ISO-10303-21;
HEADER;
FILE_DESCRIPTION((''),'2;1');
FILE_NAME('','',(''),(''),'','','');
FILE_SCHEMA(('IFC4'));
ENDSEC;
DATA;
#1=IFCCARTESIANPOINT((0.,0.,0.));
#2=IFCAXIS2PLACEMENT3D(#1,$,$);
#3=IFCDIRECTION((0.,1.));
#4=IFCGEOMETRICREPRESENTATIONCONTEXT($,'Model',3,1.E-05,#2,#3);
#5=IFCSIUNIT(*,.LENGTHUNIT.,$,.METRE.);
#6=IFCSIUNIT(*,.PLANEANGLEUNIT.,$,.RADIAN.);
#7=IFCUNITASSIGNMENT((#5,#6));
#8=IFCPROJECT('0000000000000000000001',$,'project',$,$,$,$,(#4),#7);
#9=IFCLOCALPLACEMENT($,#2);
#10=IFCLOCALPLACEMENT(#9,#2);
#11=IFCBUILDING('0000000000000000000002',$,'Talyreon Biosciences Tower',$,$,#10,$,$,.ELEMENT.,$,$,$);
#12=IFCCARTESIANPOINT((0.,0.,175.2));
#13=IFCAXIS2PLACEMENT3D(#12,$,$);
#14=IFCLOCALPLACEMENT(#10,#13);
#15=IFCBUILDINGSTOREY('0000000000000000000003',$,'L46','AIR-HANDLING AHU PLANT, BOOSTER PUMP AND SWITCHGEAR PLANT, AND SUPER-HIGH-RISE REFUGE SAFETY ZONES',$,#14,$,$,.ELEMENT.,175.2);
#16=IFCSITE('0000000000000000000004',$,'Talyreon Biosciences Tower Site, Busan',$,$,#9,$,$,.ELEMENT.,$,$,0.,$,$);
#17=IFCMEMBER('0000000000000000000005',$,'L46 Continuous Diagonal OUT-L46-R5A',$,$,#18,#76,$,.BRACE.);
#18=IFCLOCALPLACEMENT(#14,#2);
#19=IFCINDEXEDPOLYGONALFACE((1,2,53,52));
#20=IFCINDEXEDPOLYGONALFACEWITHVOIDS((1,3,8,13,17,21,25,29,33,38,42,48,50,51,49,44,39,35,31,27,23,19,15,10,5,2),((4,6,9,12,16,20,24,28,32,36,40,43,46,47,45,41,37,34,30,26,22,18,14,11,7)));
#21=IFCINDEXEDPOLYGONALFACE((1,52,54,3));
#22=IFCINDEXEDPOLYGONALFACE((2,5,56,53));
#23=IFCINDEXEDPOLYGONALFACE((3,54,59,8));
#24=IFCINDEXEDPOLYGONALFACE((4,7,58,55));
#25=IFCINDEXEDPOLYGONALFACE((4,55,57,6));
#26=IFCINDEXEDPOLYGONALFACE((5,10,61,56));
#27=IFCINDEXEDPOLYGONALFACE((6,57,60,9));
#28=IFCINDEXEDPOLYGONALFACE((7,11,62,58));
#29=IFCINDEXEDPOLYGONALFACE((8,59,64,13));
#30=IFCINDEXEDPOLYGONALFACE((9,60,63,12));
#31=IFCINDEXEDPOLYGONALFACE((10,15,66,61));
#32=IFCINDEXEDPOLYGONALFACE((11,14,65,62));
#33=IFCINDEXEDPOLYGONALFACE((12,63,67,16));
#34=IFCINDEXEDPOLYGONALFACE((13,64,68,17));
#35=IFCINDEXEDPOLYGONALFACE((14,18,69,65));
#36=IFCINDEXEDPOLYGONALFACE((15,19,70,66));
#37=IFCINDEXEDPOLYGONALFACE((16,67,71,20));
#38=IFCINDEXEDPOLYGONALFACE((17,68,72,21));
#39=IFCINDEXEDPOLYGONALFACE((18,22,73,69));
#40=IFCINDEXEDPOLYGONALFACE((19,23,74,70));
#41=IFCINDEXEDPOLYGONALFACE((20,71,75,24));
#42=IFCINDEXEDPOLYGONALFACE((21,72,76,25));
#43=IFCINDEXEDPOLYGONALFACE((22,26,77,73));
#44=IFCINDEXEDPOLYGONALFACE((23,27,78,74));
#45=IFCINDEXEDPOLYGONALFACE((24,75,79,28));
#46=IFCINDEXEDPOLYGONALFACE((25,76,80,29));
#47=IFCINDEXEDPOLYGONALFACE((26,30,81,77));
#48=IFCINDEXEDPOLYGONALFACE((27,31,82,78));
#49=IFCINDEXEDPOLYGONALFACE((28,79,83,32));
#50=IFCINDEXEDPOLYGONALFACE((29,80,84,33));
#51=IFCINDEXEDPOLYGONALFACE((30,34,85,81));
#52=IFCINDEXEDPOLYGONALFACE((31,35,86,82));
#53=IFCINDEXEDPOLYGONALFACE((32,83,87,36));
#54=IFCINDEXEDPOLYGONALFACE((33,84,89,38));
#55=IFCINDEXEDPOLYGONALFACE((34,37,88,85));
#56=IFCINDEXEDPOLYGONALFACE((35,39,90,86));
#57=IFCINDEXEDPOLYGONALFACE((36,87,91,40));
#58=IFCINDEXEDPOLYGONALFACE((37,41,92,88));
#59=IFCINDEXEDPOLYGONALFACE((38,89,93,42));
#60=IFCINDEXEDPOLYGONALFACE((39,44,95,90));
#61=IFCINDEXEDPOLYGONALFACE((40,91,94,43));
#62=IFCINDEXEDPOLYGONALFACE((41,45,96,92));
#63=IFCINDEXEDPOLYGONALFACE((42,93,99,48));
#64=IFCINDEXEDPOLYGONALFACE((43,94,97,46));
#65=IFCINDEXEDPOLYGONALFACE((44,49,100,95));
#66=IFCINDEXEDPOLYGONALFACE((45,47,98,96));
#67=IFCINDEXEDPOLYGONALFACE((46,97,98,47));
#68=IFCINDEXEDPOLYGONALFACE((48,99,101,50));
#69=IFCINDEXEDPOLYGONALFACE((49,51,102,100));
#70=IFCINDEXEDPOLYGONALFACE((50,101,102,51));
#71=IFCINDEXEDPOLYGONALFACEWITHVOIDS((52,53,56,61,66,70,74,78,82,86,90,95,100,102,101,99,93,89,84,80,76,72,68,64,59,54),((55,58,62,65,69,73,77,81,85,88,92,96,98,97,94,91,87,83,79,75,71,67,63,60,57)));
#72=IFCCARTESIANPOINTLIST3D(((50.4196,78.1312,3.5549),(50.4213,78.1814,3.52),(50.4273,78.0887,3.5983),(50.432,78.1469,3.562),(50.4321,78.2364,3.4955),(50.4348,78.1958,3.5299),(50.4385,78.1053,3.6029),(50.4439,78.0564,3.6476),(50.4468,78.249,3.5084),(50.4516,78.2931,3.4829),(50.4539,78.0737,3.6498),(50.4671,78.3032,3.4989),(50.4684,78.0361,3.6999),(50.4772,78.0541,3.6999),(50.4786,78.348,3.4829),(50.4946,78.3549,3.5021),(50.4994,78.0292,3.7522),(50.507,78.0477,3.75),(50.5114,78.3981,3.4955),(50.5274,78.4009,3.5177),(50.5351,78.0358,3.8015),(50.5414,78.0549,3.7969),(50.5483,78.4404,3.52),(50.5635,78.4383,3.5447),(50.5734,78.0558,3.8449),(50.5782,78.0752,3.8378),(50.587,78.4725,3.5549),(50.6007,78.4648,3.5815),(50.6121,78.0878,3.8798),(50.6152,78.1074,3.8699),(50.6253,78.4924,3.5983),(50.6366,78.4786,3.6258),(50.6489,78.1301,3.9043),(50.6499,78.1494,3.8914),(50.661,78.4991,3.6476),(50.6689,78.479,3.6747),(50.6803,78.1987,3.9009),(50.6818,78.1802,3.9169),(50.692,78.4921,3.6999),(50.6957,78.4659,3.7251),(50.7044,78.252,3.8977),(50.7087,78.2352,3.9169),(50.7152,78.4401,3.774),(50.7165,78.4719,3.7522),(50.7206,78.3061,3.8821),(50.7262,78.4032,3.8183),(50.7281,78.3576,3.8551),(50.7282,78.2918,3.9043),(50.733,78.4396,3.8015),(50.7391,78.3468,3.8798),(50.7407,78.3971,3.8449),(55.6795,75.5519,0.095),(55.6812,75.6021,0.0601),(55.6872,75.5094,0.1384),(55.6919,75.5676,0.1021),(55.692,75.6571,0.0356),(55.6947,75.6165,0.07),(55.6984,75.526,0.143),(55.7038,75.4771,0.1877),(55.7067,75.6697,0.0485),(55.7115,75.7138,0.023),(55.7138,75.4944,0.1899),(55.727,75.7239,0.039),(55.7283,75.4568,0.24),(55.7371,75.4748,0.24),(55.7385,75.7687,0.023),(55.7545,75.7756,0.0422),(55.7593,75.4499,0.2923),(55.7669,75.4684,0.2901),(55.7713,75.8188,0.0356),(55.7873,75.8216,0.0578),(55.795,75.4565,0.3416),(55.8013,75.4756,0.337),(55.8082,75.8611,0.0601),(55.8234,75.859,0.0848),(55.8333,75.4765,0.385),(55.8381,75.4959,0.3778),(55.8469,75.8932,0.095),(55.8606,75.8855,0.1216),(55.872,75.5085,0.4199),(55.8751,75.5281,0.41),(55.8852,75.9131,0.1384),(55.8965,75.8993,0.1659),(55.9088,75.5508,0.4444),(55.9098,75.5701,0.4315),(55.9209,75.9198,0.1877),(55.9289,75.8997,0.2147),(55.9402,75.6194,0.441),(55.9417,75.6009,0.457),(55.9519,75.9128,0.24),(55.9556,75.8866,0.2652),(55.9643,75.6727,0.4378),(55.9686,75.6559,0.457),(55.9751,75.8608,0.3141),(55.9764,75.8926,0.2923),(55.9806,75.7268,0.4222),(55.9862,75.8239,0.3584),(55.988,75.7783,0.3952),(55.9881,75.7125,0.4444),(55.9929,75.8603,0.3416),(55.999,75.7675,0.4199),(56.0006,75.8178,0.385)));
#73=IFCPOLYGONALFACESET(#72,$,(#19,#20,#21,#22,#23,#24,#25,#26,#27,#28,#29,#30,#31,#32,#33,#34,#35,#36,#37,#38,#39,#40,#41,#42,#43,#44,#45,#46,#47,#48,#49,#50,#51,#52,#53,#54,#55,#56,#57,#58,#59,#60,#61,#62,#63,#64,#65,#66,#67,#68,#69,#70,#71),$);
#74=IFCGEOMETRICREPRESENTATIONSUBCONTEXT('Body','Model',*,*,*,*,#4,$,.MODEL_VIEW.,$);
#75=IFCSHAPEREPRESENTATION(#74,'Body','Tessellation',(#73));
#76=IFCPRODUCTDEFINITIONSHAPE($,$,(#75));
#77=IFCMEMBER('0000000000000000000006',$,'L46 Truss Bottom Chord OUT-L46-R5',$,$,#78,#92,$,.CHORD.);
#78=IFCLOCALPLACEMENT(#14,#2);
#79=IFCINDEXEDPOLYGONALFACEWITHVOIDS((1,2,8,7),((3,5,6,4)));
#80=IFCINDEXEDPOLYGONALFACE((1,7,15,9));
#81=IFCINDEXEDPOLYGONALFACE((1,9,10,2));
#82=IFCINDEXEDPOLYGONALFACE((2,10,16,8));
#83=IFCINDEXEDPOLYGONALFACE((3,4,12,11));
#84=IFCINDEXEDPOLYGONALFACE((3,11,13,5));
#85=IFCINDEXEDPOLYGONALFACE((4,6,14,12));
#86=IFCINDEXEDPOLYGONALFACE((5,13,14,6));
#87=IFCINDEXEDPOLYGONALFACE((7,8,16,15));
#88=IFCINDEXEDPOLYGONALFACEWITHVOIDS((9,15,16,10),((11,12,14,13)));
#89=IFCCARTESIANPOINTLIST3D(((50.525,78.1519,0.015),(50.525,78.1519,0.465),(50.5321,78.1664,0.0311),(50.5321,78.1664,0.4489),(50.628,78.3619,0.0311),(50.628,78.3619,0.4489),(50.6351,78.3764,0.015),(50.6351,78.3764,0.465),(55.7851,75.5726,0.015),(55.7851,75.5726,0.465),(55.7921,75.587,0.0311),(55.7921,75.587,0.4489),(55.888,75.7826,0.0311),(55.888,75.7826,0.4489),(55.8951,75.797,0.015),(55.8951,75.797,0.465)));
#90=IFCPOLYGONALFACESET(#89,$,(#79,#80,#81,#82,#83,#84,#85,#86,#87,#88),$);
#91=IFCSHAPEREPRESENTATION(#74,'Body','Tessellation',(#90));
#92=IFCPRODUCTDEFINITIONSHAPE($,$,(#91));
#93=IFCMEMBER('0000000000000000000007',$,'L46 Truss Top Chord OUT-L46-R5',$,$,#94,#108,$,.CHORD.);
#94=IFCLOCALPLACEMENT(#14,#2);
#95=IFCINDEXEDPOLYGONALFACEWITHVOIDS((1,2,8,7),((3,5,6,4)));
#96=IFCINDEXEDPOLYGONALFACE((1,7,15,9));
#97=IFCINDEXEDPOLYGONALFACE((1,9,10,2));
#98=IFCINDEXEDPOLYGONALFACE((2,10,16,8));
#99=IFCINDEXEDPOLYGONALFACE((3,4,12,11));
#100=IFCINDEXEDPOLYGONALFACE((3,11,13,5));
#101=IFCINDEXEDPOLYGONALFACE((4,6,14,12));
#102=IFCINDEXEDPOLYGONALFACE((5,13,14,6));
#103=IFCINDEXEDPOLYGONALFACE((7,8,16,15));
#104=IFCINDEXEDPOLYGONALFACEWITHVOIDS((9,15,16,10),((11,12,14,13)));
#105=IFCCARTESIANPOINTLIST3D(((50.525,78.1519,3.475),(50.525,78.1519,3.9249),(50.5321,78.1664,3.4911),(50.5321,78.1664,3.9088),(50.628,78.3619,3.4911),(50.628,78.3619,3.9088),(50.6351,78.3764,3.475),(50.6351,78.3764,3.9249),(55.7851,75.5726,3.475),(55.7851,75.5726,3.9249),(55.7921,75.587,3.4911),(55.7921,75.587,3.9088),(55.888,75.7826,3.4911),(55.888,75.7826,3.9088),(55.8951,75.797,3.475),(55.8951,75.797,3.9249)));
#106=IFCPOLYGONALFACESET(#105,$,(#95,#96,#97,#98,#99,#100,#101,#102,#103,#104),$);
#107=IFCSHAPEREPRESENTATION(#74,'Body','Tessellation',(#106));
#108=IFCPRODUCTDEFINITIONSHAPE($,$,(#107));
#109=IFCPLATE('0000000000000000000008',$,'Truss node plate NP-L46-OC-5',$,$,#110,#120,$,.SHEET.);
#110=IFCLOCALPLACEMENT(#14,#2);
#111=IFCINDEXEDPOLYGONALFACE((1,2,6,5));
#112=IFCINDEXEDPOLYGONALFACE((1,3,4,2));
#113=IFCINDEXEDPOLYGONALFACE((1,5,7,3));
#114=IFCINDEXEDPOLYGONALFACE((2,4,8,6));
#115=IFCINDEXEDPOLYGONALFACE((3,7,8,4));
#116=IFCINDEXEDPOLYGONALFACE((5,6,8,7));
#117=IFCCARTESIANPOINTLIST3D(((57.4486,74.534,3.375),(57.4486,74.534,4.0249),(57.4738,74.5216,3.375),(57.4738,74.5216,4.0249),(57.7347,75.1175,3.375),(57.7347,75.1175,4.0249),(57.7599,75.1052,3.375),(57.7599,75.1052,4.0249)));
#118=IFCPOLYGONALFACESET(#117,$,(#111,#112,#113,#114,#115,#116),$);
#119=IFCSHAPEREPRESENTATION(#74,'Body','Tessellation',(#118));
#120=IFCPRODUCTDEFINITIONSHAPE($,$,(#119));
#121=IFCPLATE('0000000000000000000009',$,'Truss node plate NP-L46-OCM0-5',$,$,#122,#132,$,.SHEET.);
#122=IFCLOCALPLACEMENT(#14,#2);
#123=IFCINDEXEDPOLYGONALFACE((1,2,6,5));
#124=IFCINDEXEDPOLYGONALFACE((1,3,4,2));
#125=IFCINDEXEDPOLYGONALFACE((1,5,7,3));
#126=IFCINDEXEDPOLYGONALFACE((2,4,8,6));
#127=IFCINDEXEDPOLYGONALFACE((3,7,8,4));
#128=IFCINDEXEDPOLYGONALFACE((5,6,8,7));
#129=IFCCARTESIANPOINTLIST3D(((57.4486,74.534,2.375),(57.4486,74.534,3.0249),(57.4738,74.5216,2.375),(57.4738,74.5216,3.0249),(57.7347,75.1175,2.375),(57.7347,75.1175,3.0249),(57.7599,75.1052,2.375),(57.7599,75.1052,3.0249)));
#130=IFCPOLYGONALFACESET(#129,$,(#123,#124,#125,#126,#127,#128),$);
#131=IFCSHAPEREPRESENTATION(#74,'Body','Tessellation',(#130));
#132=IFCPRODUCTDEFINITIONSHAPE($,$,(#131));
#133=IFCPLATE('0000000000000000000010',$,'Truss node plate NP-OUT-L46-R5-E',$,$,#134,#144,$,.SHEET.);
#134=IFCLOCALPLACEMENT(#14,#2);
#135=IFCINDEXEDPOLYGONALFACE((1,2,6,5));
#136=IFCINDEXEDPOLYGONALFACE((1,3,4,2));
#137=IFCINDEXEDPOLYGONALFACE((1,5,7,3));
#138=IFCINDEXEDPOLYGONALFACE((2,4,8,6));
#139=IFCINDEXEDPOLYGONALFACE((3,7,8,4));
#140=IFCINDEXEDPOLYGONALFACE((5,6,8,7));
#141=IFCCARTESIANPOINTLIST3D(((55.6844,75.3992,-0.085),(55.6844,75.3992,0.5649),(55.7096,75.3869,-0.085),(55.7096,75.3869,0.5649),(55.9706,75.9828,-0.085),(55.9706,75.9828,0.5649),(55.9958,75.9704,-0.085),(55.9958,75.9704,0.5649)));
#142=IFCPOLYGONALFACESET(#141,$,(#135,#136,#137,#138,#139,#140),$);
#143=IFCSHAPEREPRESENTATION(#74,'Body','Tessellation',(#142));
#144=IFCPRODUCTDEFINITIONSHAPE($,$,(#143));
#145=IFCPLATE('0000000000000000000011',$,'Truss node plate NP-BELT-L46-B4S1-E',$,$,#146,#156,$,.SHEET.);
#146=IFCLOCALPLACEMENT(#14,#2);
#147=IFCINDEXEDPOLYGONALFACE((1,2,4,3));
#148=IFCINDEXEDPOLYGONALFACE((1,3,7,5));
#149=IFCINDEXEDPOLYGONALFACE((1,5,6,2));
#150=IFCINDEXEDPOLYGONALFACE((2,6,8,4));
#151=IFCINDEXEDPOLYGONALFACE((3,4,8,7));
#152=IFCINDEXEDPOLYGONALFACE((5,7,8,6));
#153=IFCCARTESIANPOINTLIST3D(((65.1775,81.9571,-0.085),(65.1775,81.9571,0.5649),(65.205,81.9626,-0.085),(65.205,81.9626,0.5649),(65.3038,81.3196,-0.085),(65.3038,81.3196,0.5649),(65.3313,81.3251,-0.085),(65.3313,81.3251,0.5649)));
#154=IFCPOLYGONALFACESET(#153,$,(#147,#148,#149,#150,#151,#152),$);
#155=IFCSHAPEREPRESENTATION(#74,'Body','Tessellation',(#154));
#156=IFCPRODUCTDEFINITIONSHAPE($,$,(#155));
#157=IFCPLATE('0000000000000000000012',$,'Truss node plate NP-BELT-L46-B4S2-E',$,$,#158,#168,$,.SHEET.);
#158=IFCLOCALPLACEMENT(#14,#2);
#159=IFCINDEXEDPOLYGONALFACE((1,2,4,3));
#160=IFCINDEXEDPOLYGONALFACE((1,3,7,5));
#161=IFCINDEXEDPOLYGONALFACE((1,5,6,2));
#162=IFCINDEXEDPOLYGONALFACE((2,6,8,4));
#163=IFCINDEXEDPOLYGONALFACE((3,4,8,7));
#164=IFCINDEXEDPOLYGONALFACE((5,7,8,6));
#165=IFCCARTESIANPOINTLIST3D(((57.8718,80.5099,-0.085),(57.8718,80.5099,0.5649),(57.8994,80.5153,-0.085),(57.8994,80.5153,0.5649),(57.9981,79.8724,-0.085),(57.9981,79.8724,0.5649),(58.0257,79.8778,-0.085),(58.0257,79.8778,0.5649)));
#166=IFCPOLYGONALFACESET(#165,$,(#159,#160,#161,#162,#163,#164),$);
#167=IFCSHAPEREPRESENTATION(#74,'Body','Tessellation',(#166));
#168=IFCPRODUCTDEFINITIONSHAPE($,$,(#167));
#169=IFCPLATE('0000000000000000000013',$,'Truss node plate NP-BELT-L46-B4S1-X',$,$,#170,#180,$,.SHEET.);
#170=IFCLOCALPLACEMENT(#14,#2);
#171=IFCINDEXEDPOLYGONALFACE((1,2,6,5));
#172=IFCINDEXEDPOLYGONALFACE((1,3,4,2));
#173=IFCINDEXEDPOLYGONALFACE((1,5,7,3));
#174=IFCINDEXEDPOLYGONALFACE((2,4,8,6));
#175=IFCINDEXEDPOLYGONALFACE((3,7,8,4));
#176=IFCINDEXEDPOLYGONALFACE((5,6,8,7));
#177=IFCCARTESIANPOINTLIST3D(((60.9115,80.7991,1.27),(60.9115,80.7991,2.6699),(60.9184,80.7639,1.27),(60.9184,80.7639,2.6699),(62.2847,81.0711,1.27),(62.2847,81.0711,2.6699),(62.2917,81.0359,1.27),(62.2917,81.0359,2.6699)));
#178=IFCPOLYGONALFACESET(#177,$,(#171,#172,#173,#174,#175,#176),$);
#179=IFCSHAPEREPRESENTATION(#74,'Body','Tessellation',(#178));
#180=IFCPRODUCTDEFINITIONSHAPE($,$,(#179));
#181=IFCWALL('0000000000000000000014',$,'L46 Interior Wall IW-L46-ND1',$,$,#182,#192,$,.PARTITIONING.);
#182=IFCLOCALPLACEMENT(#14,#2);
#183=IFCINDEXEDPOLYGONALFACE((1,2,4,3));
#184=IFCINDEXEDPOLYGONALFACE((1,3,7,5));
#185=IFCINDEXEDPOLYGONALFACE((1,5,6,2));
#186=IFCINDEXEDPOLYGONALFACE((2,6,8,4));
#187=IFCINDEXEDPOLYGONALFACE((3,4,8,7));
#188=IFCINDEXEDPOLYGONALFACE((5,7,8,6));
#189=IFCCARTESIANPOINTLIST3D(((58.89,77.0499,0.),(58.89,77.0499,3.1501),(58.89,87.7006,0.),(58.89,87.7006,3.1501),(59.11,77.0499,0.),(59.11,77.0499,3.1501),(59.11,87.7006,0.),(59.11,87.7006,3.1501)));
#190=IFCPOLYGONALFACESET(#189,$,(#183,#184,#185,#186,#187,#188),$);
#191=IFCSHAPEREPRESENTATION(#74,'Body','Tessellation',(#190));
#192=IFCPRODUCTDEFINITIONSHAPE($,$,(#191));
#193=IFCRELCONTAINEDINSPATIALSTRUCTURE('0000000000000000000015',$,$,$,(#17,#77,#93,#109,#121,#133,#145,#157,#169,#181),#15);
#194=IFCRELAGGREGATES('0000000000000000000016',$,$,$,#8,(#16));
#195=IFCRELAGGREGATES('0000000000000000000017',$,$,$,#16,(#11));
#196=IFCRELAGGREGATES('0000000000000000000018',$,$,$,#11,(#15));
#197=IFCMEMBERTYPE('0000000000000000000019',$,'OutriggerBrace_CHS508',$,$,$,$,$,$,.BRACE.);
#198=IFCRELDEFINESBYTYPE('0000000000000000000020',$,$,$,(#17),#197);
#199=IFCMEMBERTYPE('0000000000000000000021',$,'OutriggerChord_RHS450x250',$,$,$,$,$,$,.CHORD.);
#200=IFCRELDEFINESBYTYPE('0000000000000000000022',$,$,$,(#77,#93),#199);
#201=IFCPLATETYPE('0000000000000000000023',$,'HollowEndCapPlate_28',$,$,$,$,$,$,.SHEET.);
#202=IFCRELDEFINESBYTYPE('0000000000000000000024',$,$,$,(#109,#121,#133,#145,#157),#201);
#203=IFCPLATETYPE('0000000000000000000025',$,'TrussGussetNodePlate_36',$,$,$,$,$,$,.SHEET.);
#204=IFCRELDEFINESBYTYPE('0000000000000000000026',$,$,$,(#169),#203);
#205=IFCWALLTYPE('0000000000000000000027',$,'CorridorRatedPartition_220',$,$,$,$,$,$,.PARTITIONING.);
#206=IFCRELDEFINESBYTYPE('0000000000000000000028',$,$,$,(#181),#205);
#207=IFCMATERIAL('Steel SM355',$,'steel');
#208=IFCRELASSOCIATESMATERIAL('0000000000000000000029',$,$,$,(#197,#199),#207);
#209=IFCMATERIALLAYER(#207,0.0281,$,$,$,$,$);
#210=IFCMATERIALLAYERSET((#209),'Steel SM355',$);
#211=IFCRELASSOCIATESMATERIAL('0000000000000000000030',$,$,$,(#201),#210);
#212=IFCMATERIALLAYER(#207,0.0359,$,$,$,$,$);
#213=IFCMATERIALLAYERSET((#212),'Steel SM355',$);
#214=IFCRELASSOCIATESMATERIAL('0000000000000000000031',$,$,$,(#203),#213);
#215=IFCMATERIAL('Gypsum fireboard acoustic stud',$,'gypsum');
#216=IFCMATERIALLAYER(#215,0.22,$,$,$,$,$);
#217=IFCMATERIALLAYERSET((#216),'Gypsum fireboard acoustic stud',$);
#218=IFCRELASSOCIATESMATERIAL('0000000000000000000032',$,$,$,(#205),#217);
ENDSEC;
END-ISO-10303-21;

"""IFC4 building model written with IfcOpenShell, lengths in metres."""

from ifc_helpers import new_model, si_unit, direction, frame, frame_2d, origin, origin_2d, place, context, subcontext, project, spatial, rectangle, hollow_rectangle, hollow_circle, extrude, material, layer, layer_set, material_profile, profile_set, type_object, element, save


model = new_model("IFC4")

# Units and contexts
model_context = context("Model", 3, precision=1e-05, world=origin(), true_north=direction((0.0, 1.0)))
body_context = subcontext(model_context, "Body", "Model", "MODEL_VIEW")
ifc_project = project(units=[si_unit("LENGTHUNIT", "METRE"), si_unit("PLANEANGLEUNIT", "RADIAN")], contexts=[model_context])

# Site, building, storey
site_placement = place(None, origin())
site = spatial("IfcSite", under=ifc_project, at=site_placement, Name="Talyreon Biosciences Tower Site, Busan", CompositionType="ELEMENT", RefElevation=0.0)
building_placement = place(site_placement, origin())
building = spatial("IfcBuilding", under=site, at=building_placement, Name="Talyreon Biosciences Tower", CompositionType="ELEMENT")
storey_placement = place(building_placement, frame((0.0, 0.0, 175.2)))
storey = spatial("IfcBuildingStorey", under=building, at=storey_placement, Name="L46", Description="AIR-HANDLING AHU PLANT, BOOSTER PUMP AND SWITCHGEAR PLANT, AND SUPER-HIGH-RISE REFUGE SAFETY ZONES", CompositionType="ELEMENT", Elevation=175.2)

# Shared definitions
ifc_material_1 = material(Name="Steel SM355", Category="steel")

# Members
ifc_material_profile_1 = material_profile(ifc_material_1, hollow_circle(Radius=0.2539, WallThickness=0.02, at=origin_2d()), Name="CHS 508x20")
ifc_profile_set_1 = profile_set([ifc_material_profile_1], Name="Steel SM355")
member_type_1 = type_object("IfcMemberType", Name="OutriggerBrace_CHS508", PredefinedType="BRACE", material=ifc_profile_set_1)
member_1_placement = place(storey_placement, frame((55.8401, 75.6848, 0.24), z_axis=(-0.773096, 0.379102, 0.508532), x_axis=(-0.440282, -0.897859, 0.0)))
element("IfcMember", 1, at=member_1_placement, inside=storey, type_object=member_type_1, Name="L46 Continuous Diagonal OUT-L46-R5A", PredefinedType="BRACE", context=body_context, shape_type="SweptSolid", body=[
    extrude(hollow_circle(Radius=0.2539, WallThickness=0.02, at=origin_2d()), origin(), (0.0, 0.0, 1.0), 6.8037),
])
ifc_material_profile_2 = material_profile(ifc_material_1, hollow_rectangle(XDim=0.25, YDim=0.45, WallThickness=0.0161, at=origin_2d()), Name="RHS 450x250x16")
ifc_profile_set_2 = profile_set([ifc_material_profile_2], Name="Steel SM355")
member_type_2 = type_object("IfcMemberType", Name="OutriggerChord_RHS450x250", PredefinedType="CHORD", material=ifc_profile_set_2)
for number, where, z_axis, x_axis, name in (
    (2, (55.8401, 75.6848, 0.24), (-0.897859, 0.440282, 0.0), (-0.440282, -0.897859, 0.0), "L46 Truss Bottom Chord OUT-L46-R5"),
    (3, (55.8401, 75.6848, 3.7), (-0.897859, 0.440282, 0.0), (-0.440282, -0.897859, 0.0), "L46 Truss Top Chord OUT-L46-R5"),
):
    element("IfcMember", number, at=place(storey_placement, frame(where, z_axis=z_axis, x_axis=x_axis)), inside=storey, type_object=member_type_2, Name=name, PredefinedType="CHORD", context=body_context, shape_type="SweptSolid", body=[
        extrude(hollow_rectangle(XDim=0.25, YDim=0.45, WallThickness=0.0161, at=origin_2d()), origin(), (0.0, 0.0, 1.0), 5.8584),
    ])

# Plates
ifc_layer_1 = layer(ifc_material_1, 0.0281)
ifc_layer_set_1 = layer_set([ifc_layer_1], Name="Steel SM355")
plate_type_1 = type_object("IfcPlateType", Name="HollowEndCapPlate_28", PredefinedType="SHEET", material=ifc_layer_set_1)
for number, where, z_axis, x_axis, name in (
    (4, (57.6042, 74.8196, 3.375), (0.0, 0.0, 1.0), (-0.440284, -0.897859, 0.0), "Truss node plate NP-L46-OC-5"),
    (5, (57.6042, 74.8196, 2.375), (0.0, 0.0, 1.0), (-0.440284, -0.897859, 0.0), "Truss node plate NP-L46-OCM0-5"),
    (6, (55.8401, 75.6848, -0.085), (0.0, 0.0, 1.0), (-0.440284, -0.897859, 0.0), "Truss node plate NP-OUT-L46-R5-E"),
    (7, (65.2544, 81.6411, -0.085), (0.0, 0.0, 1.0), (0.194337, -0.980935, 0.0), "Truss node plate NP-BELT-L46-B4S1-E"),
    (8, (57.9487, 80.1938, -0.085), (0.0, 0.0, 1.0), (0.194337, -0.980935, 0.0), "Truss node plate NP-BELT-L46-B4S2-E"),
):
    element("IfcPlate", number, at=place(storey_placement, frame(where, z_axis=z_axis, x_axis=x_axis)), inside=storey, type_object=plate_type_1, Name=name, PredefinedType="SHEET", context=body_context, shape_type="SweptSolid", body=[
        extrude(rectangle(XDim=0.6499, YDim=0.0281, at=origin_2d()), origin(), (0.0, 0.0, 1.0), 0.6499),
    ])
ifc_layer_2 = layer(ifc_material_1, 0.0359)
ifc_layer_set_2 = layer_set([ifc_layer_2], Name="Steel SM355")
plate_type_2 = type_object("IfcPlateType", Name="TrussGussetNodePlate_36", PredefinedType="SHEET", material=ifc_layer_set_2)
plate_placement = place(storey_placement, frame((61.6016, 80.9175, 1.27), z_axis=(0.0, 0.0, 1.0), x_axis=(-0.980935, -0.194337, 0.0)))
element("IfcPlate", 9, at=plate_placement, inside=storey, type_object=plate_type_2, Name="Truss node plate NP-BELT-L46-B4S1-X", PredefinedType="SHEET", context=body_context, shape_type="SweptSolid", body=[
    extrude(rectangle(XDim=1.3999, YDim=0.0359, at=origin_2d()), origin(), (0.0, 0.0, 1.0), 1.3999),
])

# Wall
ifc_material_2 = material(Name="Gypsum fireboard acoustic stud", Category="gypsum")
ifc_layer_3 = layer(ifc_material_2, 0.22)
ifc_layer_set_3 = layer_set([ifc_layer_3], Name="Gypsum fireboard acoustic stud")
wall_type = type_object("IfcWallType", Name="CorridorRatedPartition_220", PredefinedType="PARTITIONING", material=ifc_layer_set_3)
wall_placement = place(storey_placement, frame((59.0, 77.05, 0.0), z_axis=(0.0, 0.0, 1.0), x_axis=(0.0, 1.0, 0.0)))
element("IfcWall", 10, at=wall_placement, inside=storey, type_object=wall_type, Name="L46 Interior Wall IW-L46-ND1", PredefinedType="PARTITIONING", context=body_context, shape_type="SweptSolid", body=[
    extrude(rectangle(XDim=10.6506, YDim=0.22, at=frame_2d((5.3252, 0.0))), origin(), (0.0, 0.0, 1.0), 3.1501),
])

save(model, "model.ifc")
